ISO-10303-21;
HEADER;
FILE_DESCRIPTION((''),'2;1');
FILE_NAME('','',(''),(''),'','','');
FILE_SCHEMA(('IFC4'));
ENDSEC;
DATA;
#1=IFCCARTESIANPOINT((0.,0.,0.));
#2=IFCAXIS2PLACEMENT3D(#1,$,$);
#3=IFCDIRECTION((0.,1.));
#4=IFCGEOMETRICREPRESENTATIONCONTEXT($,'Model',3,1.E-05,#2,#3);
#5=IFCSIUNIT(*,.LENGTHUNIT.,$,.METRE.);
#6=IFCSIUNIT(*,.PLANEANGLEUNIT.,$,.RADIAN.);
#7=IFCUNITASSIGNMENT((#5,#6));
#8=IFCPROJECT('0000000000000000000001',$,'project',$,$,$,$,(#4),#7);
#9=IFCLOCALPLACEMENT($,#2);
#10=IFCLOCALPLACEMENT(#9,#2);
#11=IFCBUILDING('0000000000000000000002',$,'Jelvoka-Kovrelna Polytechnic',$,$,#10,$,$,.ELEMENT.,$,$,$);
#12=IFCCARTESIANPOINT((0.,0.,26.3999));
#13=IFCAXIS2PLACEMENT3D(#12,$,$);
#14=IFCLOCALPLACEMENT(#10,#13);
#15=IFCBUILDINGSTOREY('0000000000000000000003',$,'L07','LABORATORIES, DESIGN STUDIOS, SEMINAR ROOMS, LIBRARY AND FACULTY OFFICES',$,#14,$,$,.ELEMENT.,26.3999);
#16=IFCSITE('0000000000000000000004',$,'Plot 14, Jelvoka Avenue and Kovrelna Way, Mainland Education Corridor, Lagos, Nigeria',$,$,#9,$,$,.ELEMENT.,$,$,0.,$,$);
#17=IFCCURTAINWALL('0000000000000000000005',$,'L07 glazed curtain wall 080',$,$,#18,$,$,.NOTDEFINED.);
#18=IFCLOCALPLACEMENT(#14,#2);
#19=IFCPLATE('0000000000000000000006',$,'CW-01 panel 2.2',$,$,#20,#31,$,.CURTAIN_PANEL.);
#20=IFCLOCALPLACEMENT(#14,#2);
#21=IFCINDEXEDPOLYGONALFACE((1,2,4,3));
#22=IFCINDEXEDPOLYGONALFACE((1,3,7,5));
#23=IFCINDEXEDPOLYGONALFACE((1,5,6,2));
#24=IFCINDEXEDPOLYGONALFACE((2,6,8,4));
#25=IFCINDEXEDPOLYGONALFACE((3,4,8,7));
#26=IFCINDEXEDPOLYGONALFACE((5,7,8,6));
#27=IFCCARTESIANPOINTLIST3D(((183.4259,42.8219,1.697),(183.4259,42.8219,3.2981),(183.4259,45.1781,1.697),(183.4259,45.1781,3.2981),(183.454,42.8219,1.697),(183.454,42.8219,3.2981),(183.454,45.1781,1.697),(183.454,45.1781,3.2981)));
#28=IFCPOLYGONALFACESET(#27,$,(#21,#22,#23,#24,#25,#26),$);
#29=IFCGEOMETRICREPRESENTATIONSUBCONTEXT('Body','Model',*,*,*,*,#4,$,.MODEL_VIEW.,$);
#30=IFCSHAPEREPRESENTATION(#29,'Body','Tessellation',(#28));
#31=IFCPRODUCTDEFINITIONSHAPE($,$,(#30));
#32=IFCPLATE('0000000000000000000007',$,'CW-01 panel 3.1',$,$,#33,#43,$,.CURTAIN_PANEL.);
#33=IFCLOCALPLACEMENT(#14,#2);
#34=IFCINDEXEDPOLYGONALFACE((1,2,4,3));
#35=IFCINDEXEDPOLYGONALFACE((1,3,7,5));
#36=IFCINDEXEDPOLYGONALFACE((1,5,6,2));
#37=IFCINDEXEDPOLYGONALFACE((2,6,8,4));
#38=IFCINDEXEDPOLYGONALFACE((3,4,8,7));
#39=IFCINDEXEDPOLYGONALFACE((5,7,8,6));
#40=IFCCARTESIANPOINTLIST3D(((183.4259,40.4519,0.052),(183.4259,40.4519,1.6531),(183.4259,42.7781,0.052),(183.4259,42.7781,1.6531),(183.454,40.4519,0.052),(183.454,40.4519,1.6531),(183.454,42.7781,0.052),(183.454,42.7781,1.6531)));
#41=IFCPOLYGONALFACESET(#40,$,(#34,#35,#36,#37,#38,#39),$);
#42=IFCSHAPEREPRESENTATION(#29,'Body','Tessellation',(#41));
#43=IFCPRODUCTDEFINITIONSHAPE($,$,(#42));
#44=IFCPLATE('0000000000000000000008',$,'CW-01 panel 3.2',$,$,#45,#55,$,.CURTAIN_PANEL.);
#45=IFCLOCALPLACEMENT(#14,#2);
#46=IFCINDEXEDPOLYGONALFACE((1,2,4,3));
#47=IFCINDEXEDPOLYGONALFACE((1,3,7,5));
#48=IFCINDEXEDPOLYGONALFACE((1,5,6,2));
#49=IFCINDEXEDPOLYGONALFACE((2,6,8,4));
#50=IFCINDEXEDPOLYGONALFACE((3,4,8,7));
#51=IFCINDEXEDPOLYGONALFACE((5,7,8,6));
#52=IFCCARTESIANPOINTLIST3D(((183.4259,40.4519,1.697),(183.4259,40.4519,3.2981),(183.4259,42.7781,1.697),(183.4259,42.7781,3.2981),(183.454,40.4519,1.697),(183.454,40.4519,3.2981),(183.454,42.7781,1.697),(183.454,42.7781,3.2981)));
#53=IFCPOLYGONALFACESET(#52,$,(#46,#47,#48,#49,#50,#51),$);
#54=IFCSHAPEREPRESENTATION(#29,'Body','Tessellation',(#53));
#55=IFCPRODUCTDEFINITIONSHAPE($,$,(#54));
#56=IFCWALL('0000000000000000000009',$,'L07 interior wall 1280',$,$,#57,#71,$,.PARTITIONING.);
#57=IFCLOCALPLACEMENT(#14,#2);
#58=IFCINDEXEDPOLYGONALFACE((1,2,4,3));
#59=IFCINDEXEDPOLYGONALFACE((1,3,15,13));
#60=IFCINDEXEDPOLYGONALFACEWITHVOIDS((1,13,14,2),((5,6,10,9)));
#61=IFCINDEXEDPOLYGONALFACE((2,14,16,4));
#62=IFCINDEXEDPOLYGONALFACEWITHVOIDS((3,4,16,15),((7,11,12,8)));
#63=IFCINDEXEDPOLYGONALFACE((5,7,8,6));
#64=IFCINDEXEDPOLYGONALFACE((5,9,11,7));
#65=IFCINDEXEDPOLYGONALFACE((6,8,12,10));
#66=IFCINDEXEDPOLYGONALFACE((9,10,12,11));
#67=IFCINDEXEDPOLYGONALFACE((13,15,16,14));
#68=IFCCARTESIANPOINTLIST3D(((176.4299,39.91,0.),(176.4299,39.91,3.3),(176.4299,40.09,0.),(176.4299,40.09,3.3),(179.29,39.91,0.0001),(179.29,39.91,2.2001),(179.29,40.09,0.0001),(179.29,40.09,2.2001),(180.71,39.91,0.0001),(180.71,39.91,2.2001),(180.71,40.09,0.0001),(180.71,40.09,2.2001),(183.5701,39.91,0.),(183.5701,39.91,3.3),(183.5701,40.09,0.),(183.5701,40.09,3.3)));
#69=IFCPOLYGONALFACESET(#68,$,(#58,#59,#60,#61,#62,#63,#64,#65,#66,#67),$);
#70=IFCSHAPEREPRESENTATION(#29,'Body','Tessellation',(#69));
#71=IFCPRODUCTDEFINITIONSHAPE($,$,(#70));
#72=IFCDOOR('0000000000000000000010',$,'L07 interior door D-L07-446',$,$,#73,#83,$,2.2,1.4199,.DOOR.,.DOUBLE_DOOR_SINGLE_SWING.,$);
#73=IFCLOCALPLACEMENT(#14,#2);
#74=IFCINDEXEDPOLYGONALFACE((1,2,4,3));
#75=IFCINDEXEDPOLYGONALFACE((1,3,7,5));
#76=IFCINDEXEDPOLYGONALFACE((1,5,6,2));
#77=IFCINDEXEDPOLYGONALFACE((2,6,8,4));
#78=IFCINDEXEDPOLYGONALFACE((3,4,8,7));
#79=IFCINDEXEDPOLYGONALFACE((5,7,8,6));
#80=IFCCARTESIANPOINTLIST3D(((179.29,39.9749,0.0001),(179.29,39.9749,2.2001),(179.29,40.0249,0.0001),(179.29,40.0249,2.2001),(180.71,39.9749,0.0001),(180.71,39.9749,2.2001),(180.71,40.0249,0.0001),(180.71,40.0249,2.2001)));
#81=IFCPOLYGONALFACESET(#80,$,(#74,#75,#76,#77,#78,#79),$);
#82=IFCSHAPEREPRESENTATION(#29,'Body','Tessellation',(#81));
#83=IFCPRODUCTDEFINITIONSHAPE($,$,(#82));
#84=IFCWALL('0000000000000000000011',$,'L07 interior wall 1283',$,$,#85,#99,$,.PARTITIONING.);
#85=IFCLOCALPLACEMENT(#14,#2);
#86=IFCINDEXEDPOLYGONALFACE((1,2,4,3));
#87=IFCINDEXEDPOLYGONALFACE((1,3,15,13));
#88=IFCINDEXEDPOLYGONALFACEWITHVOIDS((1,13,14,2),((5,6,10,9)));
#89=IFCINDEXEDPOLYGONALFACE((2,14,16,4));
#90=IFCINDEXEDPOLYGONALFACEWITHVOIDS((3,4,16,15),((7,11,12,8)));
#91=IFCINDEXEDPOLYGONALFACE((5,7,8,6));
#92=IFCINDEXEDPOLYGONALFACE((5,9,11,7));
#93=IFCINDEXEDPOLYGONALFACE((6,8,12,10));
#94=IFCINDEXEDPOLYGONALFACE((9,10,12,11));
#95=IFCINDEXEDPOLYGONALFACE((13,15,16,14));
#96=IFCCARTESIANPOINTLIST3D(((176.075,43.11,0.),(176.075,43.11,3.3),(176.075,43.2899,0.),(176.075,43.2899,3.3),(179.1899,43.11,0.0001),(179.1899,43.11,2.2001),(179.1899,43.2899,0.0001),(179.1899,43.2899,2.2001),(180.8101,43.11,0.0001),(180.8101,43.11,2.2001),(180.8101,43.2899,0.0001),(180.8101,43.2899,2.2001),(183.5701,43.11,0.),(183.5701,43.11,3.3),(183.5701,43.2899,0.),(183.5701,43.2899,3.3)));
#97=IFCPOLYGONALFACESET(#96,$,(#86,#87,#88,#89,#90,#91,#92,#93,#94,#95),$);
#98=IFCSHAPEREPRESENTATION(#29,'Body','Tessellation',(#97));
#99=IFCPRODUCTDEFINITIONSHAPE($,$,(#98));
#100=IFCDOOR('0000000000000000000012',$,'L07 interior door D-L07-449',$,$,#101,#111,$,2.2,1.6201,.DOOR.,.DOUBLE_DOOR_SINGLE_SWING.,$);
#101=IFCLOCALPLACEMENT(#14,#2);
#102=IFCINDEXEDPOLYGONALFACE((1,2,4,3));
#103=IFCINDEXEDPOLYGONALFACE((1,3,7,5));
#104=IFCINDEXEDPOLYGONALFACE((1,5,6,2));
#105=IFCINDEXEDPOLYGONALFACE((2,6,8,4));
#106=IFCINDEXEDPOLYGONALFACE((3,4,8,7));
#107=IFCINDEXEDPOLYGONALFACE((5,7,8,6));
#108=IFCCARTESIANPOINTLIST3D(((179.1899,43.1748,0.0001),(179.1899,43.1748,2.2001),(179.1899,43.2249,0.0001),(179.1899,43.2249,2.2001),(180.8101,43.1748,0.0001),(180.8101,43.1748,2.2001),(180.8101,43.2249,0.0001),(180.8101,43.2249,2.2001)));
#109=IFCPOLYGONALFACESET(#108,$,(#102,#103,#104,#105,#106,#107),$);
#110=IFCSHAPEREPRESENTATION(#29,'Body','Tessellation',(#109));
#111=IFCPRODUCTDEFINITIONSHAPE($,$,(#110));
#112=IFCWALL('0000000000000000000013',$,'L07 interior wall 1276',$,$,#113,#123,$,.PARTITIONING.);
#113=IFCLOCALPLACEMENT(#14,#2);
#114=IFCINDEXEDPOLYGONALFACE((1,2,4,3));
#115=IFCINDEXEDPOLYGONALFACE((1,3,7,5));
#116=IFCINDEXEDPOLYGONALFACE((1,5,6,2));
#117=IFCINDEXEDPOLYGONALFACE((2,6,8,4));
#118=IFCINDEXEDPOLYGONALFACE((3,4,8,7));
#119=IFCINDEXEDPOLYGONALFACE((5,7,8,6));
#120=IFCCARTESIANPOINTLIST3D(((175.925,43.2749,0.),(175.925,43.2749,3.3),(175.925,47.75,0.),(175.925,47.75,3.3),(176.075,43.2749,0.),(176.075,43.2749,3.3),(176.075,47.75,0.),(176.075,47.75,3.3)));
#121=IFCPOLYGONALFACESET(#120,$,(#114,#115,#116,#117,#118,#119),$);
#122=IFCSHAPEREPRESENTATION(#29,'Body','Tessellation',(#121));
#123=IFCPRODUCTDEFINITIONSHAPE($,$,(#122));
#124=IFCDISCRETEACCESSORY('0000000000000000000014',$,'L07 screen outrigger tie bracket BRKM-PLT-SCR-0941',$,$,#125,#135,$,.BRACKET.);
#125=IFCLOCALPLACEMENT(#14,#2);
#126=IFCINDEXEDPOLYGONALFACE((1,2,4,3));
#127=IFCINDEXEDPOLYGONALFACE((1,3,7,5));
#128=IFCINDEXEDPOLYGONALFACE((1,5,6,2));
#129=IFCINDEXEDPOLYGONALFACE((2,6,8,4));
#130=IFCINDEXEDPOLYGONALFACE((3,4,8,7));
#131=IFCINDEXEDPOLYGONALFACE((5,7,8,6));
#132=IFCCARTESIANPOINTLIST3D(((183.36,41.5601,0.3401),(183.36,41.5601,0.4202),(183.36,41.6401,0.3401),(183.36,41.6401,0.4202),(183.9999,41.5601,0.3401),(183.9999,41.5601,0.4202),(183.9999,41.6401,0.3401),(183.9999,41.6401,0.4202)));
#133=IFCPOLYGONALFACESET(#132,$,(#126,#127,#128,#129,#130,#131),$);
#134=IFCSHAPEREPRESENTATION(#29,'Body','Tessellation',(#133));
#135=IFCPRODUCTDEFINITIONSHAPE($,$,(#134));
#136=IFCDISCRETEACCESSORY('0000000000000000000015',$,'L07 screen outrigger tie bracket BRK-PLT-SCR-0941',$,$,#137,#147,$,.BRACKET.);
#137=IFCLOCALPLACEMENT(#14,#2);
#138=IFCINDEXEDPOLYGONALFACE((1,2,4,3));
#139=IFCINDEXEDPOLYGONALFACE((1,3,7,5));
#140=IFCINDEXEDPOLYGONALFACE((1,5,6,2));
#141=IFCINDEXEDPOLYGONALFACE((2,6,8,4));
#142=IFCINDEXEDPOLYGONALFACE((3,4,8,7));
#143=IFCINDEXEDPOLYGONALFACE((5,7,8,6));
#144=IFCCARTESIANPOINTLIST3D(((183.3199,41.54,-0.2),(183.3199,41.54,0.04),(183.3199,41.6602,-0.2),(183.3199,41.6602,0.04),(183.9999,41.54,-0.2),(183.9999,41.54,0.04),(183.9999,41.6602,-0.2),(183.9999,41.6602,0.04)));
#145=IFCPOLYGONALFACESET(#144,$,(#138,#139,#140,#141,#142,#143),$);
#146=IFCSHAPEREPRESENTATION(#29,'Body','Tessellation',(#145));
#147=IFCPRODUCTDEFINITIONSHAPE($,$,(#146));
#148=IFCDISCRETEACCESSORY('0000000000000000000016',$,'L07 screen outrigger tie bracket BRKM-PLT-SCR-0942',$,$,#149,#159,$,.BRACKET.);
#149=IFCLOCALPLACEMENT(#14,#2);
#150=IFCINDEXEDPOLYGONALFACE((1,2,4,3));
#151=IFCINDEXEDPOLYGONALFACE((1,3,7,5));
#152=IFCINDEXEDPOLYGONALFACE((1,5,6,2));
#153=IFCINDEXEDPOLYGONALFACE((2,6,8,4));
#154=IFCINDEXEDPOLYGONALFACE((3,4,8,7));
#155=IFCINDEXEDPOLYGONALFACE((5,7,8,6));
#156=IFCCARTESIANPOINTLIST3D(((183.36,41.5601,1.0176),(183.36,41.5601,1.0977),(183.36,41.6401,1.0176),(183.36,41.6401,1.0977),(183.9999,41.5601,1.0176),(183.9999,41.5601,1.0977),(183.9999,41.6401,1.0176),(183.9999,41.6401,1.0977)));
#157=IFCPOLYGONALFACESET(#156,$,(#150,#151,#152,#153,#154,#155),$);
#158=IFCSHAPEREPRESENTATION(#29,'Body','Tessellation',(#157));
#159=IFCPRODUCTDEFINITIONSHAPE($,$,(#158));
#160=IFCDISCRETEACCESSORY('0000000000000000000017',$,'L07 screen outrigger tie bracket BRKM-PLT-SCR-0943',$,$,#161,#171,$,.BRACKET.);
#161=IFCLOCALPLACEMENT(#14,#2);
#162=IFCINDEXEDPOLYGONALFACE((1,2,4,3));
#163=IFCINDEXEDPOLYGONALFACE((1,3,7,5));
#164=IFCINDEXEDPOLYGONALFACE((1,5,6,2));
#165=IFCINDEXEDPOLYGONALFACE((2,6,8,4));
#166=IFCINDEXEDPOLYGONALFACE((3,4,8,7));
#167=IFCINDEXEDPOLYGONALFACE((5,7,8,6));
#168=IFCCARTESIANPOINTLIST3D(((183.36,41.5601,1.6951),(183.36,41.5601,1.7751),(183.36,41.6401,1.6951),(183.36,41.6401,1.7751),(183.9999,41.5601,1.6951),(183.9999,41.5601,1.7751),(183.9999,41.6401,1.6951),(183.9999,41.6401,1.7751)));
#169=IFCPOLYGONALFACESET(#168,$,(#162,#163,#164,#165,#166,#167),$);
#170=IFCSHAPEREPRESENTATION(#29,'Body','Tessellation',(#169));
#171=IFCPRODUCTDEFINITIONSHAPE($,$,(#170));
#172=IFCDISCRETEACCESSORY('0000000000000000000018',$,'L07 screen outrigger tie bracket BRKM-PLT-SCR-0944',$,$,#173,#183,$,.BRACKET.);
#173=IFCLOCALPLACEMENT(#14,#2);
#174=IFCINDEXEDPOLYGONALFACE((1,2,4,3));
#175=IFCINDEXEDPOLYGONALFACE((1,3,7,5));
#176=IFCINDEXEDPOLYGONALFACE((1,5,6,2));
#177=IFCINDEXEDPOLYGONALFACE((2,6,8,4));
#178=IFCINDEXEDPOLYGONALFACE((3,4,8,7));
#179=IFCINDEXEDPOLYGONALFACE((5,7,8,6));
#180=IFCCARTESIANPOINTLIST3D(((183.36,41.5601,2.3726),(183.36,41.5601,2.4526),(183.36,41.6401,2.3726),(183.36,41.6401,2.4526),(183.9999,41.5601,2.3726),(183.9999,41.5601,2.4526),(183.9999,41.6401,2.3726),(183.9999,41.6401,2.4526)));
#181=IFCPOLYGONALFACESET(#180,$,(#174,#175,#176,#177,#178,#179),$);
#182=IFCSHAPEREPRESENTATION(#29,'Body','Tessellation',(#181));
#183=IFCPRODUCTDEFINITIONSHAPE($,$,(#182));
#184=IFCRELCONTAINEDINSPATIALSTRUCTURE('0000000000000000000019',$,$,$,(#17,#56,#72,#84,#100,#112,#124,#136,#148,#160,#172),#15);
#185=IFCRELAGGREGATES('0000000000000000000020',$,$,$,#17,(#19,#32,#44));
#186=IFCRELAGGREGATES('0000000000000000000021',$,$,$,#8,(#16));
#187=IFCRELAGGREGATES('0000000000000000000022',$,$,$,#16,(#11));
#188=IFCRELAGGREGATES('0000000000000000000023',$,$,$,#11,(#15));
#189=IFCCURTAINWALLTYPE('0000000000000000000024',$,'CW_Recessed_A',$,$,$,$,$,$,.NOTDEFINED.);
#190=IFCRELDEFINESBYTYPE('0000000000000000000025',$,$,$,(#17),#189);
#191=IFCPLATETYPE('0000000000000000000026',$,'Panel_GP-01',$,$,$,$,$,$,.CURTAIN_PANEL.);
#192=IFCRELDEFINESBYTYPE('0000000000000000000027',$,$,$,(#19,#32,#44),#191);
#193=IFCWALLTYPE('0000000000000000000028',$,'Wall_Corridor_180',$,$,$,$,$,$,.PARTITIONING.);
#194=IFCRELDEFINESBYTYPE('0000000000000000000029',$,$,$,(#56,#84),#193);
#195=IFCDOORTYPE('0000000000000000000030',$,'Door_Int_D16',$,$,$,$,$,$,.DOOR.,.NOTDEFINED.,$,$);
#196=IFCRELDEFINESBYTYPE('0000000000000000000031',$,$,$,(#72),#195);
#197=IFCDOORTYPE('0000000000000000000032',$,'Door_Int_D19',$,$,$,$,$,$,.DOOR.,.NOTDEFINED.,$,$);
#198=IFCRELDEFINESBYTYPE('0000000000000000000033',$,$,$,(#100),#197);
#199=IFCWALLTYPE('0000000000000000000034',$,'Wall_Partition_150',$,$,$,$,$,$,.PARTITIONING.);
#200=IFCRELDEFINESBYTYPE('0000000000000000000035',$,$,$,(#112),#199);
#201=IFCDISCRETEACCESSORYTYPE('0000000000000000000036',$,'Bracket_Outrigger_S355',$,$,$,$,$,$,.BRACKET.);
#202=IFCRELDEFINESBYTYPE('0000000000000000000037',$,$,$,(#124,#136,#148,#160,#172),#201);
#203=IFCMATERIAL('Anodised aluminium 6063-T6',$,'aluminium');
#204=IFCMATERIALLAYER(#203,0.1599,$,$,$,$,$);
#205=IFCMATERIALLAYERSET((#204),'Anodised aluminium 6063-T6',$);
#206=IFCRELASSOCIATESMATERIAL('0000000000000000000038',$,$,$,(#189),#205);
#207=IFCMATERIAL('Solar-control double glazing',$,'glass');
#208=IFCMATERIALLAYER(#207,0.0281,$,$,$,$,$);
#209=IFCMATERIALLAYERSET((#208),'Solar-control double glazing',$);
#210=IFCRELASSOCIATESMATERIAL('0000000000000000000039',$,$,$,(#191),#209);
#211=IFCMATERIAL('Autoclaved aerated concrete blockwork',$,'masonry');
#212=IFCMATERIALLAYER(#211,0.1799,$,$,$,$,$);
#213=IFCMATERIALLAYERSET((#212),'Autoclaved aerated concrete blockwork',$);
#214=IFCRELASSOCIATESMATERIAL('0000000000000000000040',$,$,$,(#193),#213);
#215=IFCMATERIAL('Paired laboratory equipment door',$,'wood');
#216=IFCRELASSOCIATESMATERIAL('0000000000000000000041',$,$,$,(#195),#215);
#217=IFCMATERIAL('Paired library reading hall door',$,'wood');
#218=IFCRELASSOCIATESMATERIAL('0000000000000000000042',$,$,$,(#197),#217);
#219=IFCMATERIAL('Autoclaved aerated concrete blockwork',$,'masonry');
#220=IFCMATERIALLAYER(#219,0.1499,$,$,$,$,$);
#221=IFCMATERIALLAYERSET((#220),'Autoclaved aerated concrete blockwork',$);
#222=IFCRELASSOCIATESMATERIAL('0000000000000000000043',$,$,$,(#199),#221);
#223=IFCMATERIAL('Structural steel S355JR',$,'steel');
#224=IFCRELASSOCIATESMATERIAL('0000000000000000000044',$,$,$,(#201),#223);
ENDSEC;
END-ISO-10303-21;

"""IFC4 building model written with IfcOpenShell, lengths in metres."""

from ifc_helpers import new_model, si_unit, direction, frame, frame_2d, origin, origin_2d, place, context, subcontext, project, spatial, rectangle, extrude, material, layer, layer_set, type_object, element, fill, aggregate, save


model = new_model("IFC4")

# Units and contexts
model_context = context("Model", 3, precision=1e-05, world=origin(), true_north=direction((0.0, 1.0)))
body_context = subcontext(model_context, "Body", "Model", "MODEL_VIEW")
ifc_project = project(units=[si_unit("LENGTHUNIT", "METRE"), si_unit("PLANEANGLEUNIT", "RADIAN")], contexts=[model_context])

# Site, building, storey
site_placement = place(None, origin())
site = spatial("IfcSite", under=ifc_project, at=site_placement, Name="Plot 14, Jelvoka Avenue and Kovrelna Way, Mainland Education Corridor, Lagos, Nigeria", CompositionType="ELEMENT", RefElevation=0.0)
building_placement = place(site_placement, origin())
building = spatial("IfcBuilding", under=site, at=building_placement, Name="Jelvoka-Kovrelna Polytechnic", CompositionType="ELEMENT")
storey_placement = place(building_placement, frame((0.0, 0.0, 26.3999)))
storey = spatial("IfcBuildingStorey", under=building, at=storey_placement, Name="L07", Description="LABORATORIES, DESIGN STUDIOS, SEMINAR ROOMS, LIBRARY AND FACULTY OFFICES", CompositionType="ELEMENT", Elevation=26.3999)

# Curtain wall
ifc_material_1 = material(Name="Anodised aluminium 6063-T6", Category="aluminium")
ifc_layer_1 = layer(ifc_material_1, 0.1599)
ifc_layer_set_1 = layer_set([ifc_layer_1], Name="Anodised aluminium 6063-T6")
curtain_wall_type = type_object("IfcCurtainWallType", Name="CW_Recessed_A", PredefinedType="NOTDEFINED", material=ifc_layer_set_1)
curtain_wall_placement = place(storey_placement, origin())
curtain_wall = element("IfcCurtainWall", 1, at=curtain_wall_placement, inside=storey, type_object=curtain_wall_type, Name="L07 glazed curtain wall 080", PredefinedType="NOTDEFINED")

# Plates
ifc_material_2 = material(Name="Solar-control double glazing", Category="glass")
ifc_layer_2 = layer(ifc_material_2, 0.0281)
ifc_layer_set_2 = layer_set([ifc_layer_2], Name="Solar-control double glazing")
plate_type = type_object("IfcPlateType", Name="Panel_GP-01", PredefinedType="CURTAIN_PANEL", material=ifc_layer_set_2)
plate_1_placement = place(storey_placement, frame((183.4399, 44.0, 1.697), z_axis=(0.0, 0.0, 1.0), x_axis=(0.0, -1.0, 0.0)))
plate_1 = element("IfcPlate", 2, at=plate_1_placement, type_object=plate_type, Name="CW-01 panel 2.2", PredefinedType="CURTAIN_PANEL", context=body_context, shape_type="SweptSolid", body=[
    extrude(rectangle(XDim=2.3562, YDim=0.0281, at=origin_2d()), origin(), (0.0, 0.0, 1.0), 1.6011),
])
plate_2_placement = place(storey_placement, frame((183.4399, 41.615, 0.052), z_axis=(0.0, 0.0, 1.0), x_axis=(0.0, -1.0, 0.0)))
plate_2 = element("IfcPlate", 3, at=plate_2_placement, type_object=plate_type, Name="CW-01 panel 3.1", PredefinedType="CURTAIN_PANEL", context=body_context, shape_type="SweptSolid", body=[
    extrude(rectangle(XDim=2.3262, YDim=0.0281, at=origin_2d()), origin(), (0.0, 0.0, 1.0), 1.6011),
])
plate_3_placement = place(storey_placement, frame((183.4399, 41.615, 1.697), z_axis=(0.0, 0.0, 1.0), x_axis=(0.0, -1.0, 0.0)))
plate_3 = element("IfcPlate", 4, at=plate_3_placement, type_object=plate_type, Name="CW-01 panel 3.2", PredefinedType="CURTAIN_PANEL", context=body_context, shape_type="SweptSolid", body=[
    extrude(rectangle(XDim=2.3262, YDim=0.0281, at=origin_2d()), origin(), (0.0, 0.0, 1.0), 1.6011),
])
aggregate(curtain_wall, [plate_1, plate_2, plate_3])

# Walls, openings, doors
ifc_material_3 = material(Name="Autoclaved aerated concrete blockwork", Category="masonry")
ifc_layer_3 = layer(ifc_material_3, 0.1799)
ifc_layer_set_3 = layer_set([ifc_layer_3], Name="Autoclaved aerated concrete blockwork")
wall_type_1 = type_object("IfcWallType", Name="Wall_Corridor_180", PredefinedType="PARTITIONING", material=ifc_layer_set_3)
wall_1_placement = place(storey_placement, frame((176.4299, 40.0, 0.0), z_axis=(0.0, 0.0, 1.0), x_axis=(1.0, 0.0, 0.0)))
wall_1 = element("IfcWall", 5, at=wall_1_placement, inside=storey, type_object=wall_type_1, Name="L07 interior wall 1280", PredefinedType="PARTITIONING", context=body_context, shape_type="SweptSolid", body=[
    extrude(rectangle(XDim=7.1401, YDim=0.1799, at=frame_2d((3.5701, 0.0))), origin(), (0.0, 0.0, 1.0), 3.3),
])
opening_1_placement = place(wall_1_placement, frame((2.8601, 0.0, 0.0)))
opening_1 = element("IfcOpeningElement", 6, at=opening_1_placement, cuts=wall_1, PredefinedType="OPENING", context=body_context, shape_type="SweptSolid", body=[
    extrude(rectangle(XDim=1.4199, YDim=2.2, at=frame_2d((0.71, 1.1001))), frame((0.0, 0.0999, 0.0), z_axis=(0.0, -1.0, 0.0), x_axis=(1.0, 0.0, 0.0)), (0.0, 0.0, 1.0), 0.2),
])
ifc_material_4 = material(Name="Paired laboratory equipment door", Category="wood")
door_type_1 = type_object("IfcDoorType", Name="Door_Int_D16", OperationType="NOTDEFINED", PredefinedType="DOOR", material=ifc_material_4)
door_1_placement = place(opening_1_placement, origin())
door_1 = element("IfcDoor", 7, at=door_1_placement, inside=storey, type_object=door_type_1, Name="L07 interior door D-L07-446", OperationType="DOUBLE_DOOR_SINGLE_SWING", OverallHeight=2.2, OverallWidth=1.4199, PredefinedType="DOOR", context=body_context, shape_type="SweptSolid", body=[
    extrude(rectangle(XDim=1.4199, YDim=2.2, at=frame_2d((0.71, 1.1001))), frame((0.0, 0.0249, 0.0), z_axis=(0.0, -1.0, 0.0), x_axis=(1.0, 0.0, 0.0)), (0.0, 0.0, 1.0), 0.05),
])
fill(opening_1, door_1)
wall_2_placement = place(storey_placement, frame((176.075, 43.2, 0.0), z_axis=(0.0, 0.0, 1.0), x_axis=(1.0, 0.0, 0.0)))
wall_2 = element("IfcWall", 8, at=wall_2_placement, inside=storey, type_object=wall_type_1, Name="L07 interior wall 1283", PredefinedType="PARTITIONING", context=body_context, shape_type="SweptSolid", body=[
    extrude(rectangle(XDim=7.4951, YDim=0.1799, at=frame_2d((3.7476, 0.0))), origin(), (0.0, 0.0, 1.0), 3.3),
])
opening_2_placement = place(wall_2_placement, frame((3.115, 0.0, 0.0)))
opening_2 = element("IfcOpeningElement", 9, at=opening_2_placement, cuts=wall_2, PredefinedType="OPENING", context=body_context, shape_type="SweptSolid", body=[
    extrude(rectangle(XDim=1.6201, YDim=2.2, at=frame_2d((0.8101, 1.1001))), frame((0.0, 0.0999, 0.0), z_axis=(0.0, -1.0, 0.0), x_axis=(1.0, 0.0, 0.0)), (0.0, 0.0, 1.0), 0.2),
])
ifc_material_5 = material(Name="Paired library reading hall door", Category="wood")
door_type_2 = type_object("IfcDoorType", Name="Door_Int_D19", OperationType="NOTDEFINED", PredefinedType="DOOR", material=ifc_material_5)
door_2_placement = place(opening_2_placement, origin())
door_2 = element("IfcDoor", 10, at=door_2_placement, inside=storey, type_object=door_type_2, Name="L07 interior door D-L07-449", OperationType="DOUBLE_DOOR_SINGLE_SWING", OverallHeight=2.2, OverallWidth=1.6201, PredefinedType="DOOR", context=body_context, shape_type="SweptSolid", body=[
    extrude(rectangle(XDim=1.6201, YDim=2.2, at=frame_2d((0.8101, 1.1001))), frame((0.0, 0.0249, 0.0), z_axis=(0.0, -1.0, 0.0), x_axis=(1.0, 0.0, 0.0)), (0.0, 0.0, 1.0), 0.05),
])
fill(opening_2, door_2)

# Wall
ifc_material_6 = material(Name="Autoclaved aerated concrete blockwork", Category="masonry")
ifc_layer_4 = layer(ifc_material_6, 0.1499)
ifc_layer_set_4 = layer_set([ifc_layer_4], Name="Autoclaved aerated concrete blockwork")
wall_type_2 = type_object("IfcWallType", Name="Wall_Partition_150", PredefinedType="PARTITIONING", material=ifc_layer_set_4)
wall_3_placement = place(storey_placement, frame((176.0, 43.2749, 0.0), z_axis=(0.0, 0.0, 1.0), x_axis=(0.0, 1.0, 0.0)))
element("IfcWall", 11, at=wall_3_placement, inside=storey, type_object=wall_type_2, Name="L07 interior wall 1276", PredefinedType="PARTITIONING", context=body_context, shape_type="SweptSolid", body=[
    extrude(rectangle(XDim=4.4751, YDim=0.1499, at=frame_2d((2.2375, 0.0))), origin(), (0.0, 0.0, 1.0), 3.3),
])

# Discrete accessories
ifc_material_7 = material(Name="Structural steel S355JR", Category="steel")
discrete_accessory_type = type_object("IfcDiscreteAccessoryType", Name="Bracket_Outrigger_S355", PredefinedType="BRACKET", material=ifc_material_7)
discrete_accessory_1_placement = place(storey_placement, frame((183.6799, 41.6001, 0.3401), z_axis=(0.0, 0.0, 1.0), x_axis=(1.0, 0.0, 0.0)))
element("IfcDiscreteAccessory", 12, at=discrete_accessory_1_placement, inside=storey, type_object=discrete_accessory_type, Name="L07 screen outrigger tie bracket BRKM-PLT-SCR-0941", PredefinedType="BRACKET", context=body_context, shape_type="SweptSolid", body=[
    extrude(rectangle(XDim=0.6399, YDim=0.0801, at=origin_2d()), origin(), (0.0, 0.0, 1.0), 0.0801),
])
discrete_accessory_2_placement = place(storey_placement, frame((183.6599, 41.6001, -0.2), z_axis=(0.0, 0.0, 1.0), x_axis=(1.0, 0.0, 0.0)))
element("IfcDiscreteAccessory", 13, at=discrete_accessory_2_placement, inside=storey, type_object=discrete_accessory_type, Name="L07 screen outrigger tie bracket BRK-PLT-SCR-0941", PredefinedType="BRACKET", context=body_context, shape_type="SweptSolid", body=[
    extrude(rectangle(XDim=0.6799, YDim=0.1201, at=origin_2d()), origin(), (0.0, 0.0, 1.0), 0.24),
])
for number, where, z_axis, x_axis, name in (
    (14, (183.6799, 41.6001, 1.0176), (0.0, 0.0, 1.0), (1.0, 0.0, 0.0), "L07 screen outrigger tie bracket BRKM-PLT-SCR-0942"),
    (15, (183.6799, 41.6001, 1.6951), (0.0, 0.0, 1.0), (1.0, 0.0, 0.0), "L07 screen outrigger tie bracket BRKM-PLT-SCR-0943"),
    (16, (183.6799, 41.6001, 2.3726), (0.0, 0.0, 1.0), (1.0, 0.0, 0.0), "L07 screen outrigger tie bracket BRKM-PLT-SCR-0944"),
):
    element("IfcDiscreteAccessory", number, at=place(storey_placement, frame(where, z_axis=z_axis, x_axis=x_axis)), inside=storey, type_object=discrete_accessory_type, Name=name, PredefinedType="BRACKET", context=body_context, shape_type="SweptSolid", body=[
        extrude(rectangle(XDim=0.6399, YDim=0.0801, at=origin_2d()), origin(), (0.0, 0.0, 1.0), 0.0801),
    ])

save(model, "model.ifc")
